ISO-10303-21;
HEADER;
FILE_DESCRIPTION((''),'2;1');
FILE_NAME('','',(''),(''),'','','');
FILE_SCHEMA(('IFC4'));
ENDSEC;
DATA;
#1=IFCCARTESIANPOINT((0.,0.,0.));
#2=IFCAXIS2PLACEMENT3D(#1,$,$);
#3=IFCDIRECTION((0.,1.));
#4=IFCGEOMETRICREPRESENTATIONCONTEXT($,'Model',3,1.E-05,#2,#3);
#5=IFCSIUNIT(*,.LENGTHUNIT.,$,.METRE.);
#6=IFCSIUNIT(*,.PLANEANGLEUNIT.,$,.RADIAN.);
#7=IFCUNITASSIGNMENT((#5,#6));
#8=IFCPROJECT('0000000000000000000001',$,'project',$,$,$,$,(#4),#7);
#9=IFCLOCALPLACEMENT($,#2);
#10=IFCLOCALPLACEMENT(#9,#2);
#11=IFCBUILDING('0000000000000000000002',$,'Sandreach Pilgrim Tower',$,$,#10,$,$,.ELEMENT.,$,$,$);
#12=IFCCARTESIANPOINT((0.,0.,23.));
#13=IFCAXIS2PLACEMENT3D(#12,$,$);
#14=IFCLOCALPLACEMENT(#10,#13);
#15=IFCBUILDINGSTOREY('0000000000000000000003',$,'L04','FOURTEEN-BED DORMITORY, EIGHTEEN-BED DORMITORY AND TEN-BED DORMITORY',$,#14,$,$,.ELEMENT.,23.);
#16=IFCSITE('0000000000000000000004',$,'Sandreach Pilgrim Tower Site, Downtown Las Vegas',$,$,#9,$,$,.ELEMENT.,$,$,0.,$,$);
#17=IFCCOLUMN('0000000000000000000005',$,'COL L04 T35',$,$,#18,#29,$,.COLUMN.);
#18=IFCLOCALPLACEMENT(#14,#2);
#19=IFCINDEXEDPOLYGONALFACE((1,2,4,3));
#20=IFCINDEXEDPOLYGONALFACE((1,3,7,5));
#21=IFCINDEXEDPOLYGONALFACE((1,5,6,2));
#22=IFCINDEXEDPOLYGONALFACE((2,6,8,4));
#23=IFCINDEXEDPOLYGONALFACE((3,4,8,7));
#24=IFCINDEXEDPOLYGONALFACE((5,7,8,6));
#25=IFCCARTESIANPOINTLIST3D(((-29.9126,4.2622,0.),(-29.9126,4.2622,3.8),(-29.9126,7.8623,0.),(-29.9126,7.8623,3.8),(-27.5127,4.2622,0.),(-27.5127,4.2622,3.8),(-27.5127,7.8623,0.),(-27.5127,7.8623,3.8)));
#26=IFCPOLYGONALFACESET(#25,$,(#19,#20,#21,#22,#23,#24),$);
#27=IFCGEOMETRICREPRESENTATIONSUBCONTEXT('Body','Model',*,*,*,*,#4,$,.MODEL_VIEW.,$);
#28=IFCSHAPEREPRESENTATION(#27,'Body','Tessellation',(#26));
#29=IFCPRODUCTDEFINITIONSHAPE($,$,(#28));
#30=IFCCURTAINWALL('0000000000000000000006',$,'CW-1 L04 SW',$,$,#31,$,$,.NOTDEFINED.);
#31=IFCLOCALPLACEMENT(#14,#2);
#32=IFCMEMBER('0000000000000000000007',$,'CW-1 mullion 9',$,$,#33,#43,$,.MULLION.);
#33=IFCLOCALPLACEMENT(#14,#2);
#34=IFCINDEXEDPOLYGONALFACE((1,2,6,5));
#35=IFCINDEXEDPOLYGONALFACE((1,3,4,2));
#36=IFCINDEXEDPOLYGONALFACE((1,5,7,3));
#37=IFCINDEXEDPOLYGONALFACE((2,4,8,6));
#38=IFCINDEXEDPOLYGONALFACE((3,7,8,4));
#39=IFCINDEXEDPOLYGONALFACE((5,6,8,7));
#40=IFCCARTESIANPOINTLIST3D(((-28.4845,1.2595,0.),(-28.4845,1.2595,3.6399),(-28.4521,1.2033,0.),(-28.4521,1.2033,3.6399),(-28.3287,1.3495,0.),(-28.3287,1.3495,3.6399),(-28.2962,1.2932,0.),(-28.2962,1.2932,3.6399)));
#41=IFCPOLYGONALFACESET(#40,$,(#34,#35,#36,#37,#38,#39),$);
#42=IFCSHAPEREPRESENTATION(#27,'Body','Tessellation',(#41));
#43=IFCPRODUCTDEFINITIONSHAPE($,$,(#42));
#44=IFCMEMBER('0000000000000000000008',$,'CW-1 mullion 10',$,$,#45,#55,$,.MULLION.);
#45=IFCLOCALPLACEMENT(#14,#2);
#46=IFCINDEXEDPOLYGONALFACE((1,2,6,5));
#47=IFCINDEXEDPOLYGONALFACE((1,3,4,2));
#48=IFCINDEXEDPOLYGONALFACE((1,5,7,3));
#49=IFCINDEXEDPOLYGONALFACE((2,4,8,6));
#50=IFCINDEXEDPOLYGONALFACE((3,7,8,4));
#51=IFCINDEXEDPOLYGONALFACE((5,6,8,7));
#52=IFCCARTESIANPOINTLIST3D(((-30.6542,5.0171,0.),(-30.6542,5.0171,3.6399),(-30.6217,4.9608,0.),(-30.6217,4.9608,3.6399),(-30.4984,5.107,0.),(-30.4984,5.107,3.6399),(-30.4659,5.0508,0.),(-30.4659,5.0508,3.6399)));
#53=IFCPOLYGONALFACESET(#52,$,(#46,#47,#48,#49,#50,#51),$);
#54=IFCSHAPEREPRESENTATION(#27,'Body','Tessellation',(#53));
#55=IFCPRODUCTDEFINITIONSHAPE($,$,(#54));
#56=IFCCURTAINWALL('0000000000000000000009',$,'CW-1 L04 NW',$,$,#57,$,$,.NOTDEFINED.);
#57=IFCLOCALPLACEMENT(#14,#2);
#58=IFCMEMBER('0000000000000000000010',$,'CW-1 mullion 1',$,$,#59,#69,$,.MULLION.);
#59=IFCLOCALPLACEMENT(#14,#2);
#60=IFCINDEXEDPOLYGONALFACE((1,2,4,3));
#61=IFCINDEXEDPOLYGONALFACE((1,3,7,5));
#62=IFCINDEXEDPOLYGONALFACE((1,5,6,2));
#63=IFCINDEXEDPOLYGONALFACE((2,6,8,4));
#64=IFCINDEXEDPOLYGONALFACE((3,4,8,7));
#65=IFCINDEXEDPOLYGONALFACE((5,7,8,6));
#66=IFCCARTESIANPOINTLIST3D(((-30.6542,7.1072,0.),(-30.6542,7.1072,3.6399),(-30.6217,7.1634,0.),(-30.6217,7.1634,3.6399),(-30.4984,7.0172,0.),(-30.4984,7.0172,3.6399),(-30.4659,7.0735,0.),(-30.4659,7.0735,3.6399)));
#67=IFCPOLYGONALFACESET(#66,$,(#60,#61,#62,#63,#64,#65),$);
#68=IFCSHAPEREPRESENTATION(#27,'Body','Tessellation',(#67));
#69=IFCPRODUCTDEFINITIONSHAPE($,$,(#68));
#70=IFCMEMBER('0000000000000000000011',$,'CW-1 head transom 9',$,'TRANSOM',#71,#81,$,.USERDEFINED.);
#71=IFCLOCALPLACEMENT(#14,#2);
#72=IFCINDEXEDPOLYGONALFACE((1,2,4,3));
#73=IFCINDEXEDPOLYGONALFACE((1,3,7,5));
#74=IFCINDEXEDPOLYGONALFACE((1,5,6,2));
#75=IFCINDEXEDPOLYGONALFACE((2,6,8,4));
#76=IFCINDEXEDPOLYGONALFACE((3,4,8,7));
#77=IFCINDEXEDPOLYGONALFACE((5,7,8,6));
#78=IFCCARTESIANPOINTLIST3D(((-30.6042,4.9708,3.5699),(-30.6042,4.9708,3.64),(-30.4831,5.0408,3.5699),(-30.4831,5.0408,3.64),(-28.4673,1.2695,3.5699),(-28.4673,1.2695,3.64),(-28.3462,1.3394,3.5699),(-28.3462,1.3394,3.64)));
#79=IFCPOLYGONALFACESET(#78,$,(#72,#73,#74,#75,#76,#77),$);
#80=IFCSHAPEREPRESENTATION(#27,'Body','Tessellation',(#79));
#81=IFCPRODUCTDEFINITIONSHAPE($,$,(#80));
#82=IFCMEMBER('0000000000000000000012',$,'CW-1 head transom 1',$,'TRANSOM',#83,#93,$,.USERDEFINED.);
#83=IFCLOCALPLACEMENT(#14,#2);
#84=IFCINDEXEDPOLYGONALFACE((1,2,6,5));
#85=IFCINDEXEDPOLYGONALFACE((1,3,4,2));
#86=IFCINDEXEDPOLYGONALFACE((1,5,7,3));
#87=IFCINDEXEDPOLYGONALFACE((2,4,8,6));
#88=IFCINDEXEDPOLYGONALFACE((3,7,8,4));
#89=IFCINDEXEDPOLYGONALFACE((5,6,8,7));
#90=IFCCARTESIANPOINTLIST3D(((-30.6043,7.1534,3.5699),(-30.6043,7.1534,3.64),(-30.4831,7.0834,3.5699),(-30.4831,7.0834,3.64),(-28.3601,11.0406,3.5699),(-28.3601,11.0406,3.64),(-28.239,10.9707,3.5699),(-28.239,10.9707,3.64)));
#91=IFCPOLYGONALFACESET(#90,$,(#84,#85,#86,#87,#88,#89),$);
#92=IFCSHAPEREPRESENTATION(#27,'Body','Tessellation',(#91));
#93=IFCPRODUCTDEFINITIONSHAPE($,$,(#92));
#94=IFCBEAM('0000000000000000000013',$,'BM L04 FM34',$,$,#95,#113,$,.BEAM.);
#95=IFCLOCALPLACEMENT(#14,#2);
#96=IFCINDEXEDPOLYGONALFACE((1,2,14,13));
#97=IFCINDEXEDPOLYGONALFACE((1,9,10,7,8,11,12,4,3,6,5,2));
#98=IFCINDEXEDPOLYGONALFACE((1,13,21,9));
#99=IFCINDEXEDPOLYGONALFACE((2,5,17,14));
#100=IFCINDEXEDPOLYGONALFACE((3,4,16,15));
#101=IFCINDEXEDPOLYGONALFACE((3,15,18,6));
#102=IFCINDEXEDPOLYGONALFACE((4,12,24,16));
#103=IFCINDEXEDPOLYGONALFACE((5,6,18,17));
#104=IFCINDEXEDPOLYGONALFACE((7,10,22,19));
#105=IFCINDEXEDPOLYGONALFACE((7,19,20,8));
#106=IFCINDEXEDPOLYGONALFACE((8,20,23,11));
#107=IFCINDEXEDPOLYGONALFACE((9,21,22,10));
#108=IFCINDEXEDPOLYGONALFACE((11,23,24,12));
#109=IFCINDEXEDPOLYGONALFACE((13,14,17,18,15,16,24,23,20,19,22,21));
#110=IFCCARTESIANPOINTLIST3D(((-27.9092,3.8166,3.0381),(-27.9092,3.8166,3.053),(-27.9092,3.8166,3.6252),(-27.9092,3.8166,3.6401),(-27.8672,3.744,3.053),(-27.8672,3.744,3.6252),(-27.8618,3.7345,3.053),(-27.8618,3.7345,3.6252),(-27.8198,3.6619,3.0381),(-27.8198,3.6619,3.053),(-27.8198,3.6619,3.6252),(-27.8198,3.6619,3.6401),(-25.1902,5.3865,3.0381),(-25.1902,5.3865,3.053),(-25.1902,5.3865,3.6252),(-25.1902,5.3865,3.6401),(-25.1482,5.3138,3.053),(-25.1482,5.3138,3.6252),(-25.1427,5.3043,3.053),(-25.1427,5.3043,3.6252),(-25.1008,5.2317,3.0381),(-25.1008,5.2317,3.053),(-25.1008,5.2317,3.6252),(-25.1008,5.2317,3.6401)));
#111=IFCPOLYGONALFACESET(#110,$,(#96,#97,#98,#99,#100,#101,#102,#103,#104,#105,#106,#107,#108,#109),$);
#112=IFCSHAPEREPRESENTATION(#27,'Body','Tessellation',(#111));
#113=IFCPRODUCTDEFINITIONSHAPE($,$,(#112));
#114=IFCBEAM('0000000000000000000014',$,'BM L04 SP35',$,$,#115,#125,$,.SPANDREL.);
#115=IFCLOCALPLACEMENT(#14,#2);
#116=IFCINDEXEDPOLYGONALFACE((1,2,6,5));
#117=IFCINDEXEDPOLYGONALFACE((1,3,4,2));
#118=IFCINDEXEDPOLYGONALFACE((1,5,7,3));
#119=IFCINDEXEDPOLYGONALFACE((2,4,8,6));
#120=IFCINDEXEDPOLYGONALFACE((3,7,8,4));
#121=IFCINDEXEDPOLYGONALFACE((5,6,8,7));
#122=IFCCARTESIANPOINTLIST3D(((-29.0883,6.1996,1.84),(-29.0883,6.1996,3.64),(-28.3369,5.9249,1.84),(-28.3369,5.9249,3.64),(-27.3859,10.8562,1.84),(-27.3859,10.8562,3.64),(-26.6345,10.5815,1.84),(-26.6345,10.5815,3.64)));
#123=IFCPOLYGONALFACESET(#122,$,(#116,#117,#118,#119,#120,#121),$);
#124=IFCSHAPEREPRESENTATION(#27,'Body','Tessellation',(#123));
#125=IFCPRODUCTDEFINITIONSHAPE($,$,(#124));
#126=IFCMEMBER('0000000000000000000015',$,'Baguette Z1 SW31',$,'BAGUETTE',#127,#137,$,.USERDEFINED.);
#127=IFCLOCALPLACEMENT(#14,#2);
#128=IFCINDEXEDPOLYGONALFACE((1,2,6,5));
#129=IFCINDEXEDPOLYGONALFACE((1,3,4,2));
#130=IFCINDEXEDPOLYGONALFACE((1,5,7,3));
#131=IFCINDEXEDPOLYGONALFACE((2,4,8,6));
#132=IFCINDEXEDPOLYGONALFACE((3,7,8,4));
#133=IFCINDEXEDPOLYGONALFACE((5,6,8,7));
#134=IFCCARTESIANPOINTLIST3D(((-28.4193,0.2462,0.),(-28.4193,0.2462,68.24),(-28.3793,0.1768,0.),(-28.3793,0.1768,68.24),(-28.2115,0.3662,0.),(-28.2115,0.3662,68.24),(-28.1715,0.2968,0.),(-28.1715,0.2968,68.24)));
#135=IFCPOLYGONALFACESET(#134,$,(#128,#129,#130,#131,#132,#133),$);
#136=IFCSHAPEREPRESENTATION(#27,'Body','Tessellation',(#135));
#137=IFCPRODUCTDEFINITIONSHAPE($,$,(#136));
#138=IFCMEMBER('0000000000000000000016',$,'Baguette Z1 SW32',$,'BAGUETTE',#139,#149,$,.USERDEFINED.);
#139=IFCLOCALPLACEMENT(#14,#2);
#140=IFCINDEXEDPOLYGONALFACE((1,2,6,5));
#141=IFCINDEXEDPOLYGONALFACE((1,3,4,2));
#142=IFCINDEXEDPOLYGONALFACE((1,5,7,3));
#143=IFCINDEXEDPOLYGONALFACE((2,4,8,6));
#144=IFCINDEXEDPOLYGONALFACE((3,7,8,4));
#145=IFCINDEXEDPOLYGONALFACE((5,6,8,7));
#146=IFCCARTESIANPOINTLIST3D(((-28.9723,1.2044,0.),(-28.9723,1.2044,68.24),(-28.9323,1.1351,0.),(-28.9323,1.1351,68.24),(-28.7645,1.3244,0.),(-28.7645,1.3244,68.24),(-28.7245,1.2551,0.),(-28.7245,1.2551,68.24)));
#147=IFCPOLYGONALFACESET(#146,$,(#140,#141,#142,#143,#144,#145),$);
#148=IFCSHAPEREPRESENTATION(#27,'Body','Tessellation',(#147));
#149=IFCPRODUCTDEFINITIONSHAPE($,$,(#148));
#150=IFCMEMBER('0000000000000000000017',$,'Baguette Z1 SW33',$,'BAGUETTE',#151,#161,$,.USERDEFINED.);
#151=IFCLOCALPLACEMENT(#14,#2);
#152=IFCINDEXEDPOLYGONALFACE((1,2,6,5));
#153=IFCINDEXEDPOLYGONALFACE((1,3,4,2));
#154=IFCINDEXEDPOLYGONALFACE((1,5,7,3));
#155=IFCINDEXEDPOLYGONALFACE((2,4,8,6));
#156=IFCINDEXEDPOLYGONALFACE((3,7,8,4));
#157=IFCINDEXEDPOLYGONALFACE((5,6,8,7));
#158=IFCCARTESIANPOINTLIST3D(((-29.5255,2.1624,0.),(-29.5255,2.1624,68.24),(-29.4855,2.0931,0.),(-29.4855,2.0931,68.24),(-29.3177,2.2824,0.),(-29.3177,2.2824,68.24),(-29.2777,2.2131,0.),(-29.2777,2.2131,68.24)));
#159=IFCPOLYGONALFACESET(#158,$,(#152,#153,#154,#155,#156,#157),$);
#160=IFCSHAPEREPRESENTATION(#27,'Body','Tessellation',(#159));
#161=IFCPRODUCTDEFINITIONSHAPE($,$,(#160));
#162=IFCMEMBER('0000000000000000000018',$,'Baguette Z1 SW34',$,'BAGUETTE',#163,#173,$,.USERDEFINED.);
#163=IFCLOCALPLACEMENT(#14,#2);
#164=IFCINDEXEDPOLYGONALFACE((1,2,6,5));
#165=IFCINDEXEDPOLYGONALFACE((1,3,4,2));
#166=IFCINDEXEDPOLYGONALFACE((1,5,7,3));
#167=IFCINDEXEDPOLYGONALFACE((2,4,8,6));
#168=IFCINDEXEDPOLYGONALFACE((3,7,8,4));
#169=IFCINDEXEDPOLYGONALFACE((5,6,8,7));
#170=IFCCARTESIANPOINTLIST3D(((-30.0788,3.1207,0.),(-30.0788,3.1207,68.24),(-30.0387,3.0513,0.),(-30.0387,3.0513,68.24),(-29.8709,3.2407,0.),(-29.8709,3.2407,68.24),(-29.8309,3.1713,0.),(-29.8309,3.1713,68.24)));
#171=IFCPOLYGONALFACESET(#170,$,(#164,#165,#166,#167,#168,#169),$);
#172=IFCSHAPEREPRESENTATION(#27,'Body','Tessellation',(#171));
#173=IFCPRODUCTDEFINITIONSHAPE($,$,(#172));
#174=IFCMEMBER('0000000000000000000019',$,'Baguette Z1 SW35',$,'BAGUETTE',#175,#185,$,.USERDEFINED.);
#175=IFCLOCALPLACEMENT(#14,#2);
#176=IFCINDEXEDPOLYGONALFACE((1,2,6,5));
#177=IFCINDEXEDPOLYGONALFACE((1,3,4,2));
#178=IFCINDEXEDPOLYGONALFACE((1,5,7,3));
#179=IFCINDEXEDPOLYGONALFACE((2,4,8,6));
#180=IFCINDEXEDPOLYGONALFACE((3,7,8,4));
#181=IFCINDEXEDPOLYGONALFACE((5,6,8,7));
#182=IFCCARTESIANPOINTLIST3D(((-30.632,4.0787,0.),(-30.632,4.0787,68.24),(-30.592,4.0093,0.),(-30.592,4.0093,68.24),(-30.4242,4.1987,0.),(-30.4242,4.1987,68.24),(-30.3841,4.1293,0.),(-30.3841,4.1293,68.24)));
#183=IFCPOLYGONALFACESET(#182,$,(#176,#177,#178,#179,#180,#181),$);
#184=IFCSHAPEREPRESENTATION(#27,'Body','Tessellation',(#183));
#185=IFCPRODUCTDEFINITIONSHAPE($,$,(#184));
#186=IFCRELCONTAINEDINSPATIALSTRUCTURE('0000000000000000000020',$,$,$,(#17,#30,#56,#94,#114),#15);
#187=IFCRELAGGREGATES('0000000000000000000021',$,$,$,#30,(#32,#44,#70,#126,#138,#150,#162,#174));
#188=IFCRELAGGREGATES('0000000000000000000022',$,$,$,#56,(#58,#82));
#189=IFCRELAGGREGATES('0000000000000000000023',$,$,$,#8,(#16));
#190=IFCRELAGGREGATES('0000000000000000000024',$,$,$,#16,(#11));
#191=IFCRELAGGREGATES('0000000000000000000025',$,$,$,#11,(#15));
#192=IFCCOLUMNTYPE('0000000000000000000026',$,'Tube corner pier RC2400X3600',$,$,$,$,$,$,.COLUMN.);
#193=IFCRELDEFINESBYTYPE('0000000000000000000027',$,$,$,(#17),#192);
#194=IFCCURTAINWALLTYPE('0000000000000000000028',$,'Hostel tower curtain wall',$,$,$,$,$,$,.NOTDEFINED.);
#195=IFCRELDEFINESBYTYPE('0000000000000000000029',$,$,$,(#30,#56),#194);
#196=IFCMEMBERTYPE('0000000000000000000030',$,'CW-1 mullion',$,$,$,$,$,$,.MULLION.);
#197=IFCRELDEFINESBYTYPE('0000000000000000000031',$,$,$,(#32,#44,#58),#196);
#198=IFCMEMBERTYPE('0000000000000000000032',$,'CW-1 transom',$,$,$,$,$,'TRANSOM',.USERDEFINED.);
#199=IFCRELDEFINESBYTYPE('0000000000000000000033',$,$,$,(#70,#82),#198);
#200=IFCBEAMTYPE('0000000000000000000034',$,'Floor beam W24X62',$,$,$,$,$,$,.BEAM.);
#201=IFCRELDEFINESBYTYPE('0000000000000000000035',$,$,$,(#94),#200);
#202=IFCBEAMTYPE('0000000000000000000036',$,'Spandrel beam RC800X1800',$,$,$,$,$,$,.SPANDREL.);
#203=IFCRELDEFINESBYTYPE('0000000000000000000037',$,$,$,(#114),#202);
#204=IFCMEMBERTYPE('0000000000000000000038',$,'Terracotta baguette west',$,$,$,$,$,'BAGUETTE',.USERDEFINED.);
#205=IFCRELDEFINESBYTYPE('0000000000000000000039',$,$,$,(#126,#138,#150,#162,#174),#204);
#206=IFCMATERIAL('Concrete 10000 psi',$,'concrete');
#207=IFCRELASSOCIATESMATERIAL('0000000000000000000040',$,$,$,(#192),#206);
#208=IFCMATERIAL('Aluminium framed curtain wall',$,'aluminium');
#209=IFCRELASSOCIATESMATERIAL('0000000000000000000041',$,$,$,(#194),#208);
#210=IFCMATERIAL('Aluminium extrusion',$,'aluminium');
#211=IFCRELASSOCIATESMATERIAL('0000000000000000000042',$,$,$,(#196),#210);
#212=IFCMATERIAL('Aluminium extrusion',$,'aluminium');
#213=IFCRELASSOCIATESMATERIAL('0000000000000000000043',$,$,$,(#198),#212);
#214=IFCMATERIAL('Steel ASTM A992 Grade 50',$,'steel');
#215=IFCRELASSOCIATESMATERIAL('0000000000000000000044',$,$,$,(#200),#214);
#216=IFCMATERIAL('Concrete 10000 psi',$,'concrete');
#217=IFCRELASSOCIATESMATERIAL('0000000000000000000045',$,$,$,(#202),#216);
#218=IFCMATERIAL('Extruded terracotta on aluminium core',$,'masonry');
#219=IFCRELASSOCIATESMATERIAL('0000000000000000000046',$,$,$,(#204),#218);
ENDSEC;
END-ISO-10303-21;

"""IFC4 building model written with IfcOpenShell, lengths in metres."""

from ifc_helpers import new_model, si_unit, direction, frame, origin, origin_2d, place, context, subcontext, project, spatial, rectangle, i_section, extrude, material, material_profile, profile_set, type_object, element, aggregate, save


model = new_model("IFC4")

# Units and contexts
model_context = context("Model", 3, precision=1e-05, world=origin(), true_north=direction((0.0, 1.0)))
body_context = subcontext(model_context, "Body", "Model", "MODEL_VIEW")
ifc_project = project(units=[si_unit("LENGTHUNIT", "METRE"), si_unit("PLANEANGLEUNIT", "RADIAN")], contexts=[model_context])

# Site, building, storey
site_placement = place(None, origin())
site = spatial("IfcSite", under=ifc_project, at=site_placement, Name="Sandreach Pilgrim Tower Site, Downtown Las Vegas", CompositionType="ELEMENT", RefElevation=0.0)
building_placement = place(site_placement, origin())
building = spatial("IfcBuilding", under=site, at=building_placement, Name="Sandreach Pilgrim Tower", CompositionType="ELEMENT")
storey_placement = place(building_placement, frame((0.0, 0.0, 23.0)))
storey = spatial("IfcBuildingStorey", under=building, at=storey_placement, Name="L04", Description="FOURTEEN-BED DORMITORY, EIGHTEEN-BED DORMITORY AND TEN-BED DORMITORY", CompositionType="ELEMENT", Elevation=23.0)

# Column
ifc_material_1 = material(Name="Concrete 10000 psi", Category="concrete")
ifc_material_profile_1 = material_profile(ifc_material_1, rectangle(XDim=2.3999, YDim=3.6001, at=origin_2d()), Name="RC2400X3600")
ifc_profile_set_1 = profile_set([ifc_material_profile_1], Name="Concrete 10000 psi")
column_type = type_object("IfcColumnType", Name="Tube corner pier RC2400X3600", PredefinedType="COLUMN", material=ifc_profile_set_1)
column_placement = place(storey_placement, frame((-28.7126, 6.0623, 0.0), z_axis=(0.0, 0.0, 1.0), x_axis=(-1.0, 0.0, 0.0)))
element("IfcColumn", 1, at=column_placement, inside=storey, type_object=column_type, Name="COL L04 T35", PredefinedType="COLUMN", context=body_context, shape_type="SweptSolid", body=[
    extrude(rectangle(XDim=2.3999, YDim=3.6001, at=origin_2d()), origin(), (0.0, 0.0, 1.0), 3.8),
])

# Curtain wall, members
ifc_material_2 = material(Name="Aluminium framed curtain wall", Category="aluminium")
curtain_wall_type = type_object("IfcCurtainWallType", Name="Hostel tower curtain wall", PredefinedType="NOTDEFINED", material=ifc_material_2)
curtain_wall_1_placement = place(storey_placement, origin())
curtain_wall_1 = element("IfcCurtainWall", 2, at=curtain_wall_1_placement, inside=storey, type_object=curtain_wall_type, Name="CW-1 L04 SW", PredefinedType="NOTDEFINED")
ifc_material_3 = material(Name="Aluminium extrusion", Category="aluminium")
ifc_material_profile_2 = material_profile(ifc_material_3, rectangle(XDim=0.0649, YDim=0.1799, at=origin_2d()), Name="CW-1M 65X180")
ifc_profile_set_2 = profile_set([ifc_material_profile_2], Name="Aluminium extrusion")
member_type_1 = type_object("IfcMemberType", Name="CW-1 mullion", PredefinedType="MULLION", material=ifc_profile_set_2)
member_1_placement = place(storey_placement, frame((-28.3904, 1.2764, 0.0), z_axis=(0.0, 0.0, 1.0), x_axis=(-0.5, 0.866025, 0.0)))
member_1 = element("IfcMember", 3, at=member_1_placement, type_object=member_type_1, Name="CW-1 mullion 9", PredefinedType="MULLION", context=body_context, shape_type="SweptSolid", body=[
    extrude(rectangle(XDim=0.0649, YDim=0.1799, at=origin_2d()), origin(), (0.0, 0.0, 1.0), 3.6399),
])
member_2_placement = place(storey_placement, frame((-30.5601, 5.0339, 0.0), z_axis=(0.0, 0.0, 1.0), x_axis=(-0.5, 0.866025, 0.0)))
member_2 = element("IfcMember", 4, at=member_2_placement, type_object=member_type_1, Name="CW-1 mullion 10", PredefinedType="MULLION", context=body_context, shape_type="SweptSolid", body=[
    extrude(rectangle(XDim=0.0649, YDim=0.1799, at=origin_2d()), origin(), (0.0, 0.0, 1.0), 3.6399),
])

# Curtain wall, member
curtain_wall_2_placement = place(storey_placement, origin())
curtain_wall_2 = element("IfcCurtainWall", 5, at=curtain_wall_2_placement, inside=storey, type_object=curtain_wall_type, Name="CW-1 L04 NW", PredefinedType="NOTDEFINED")
member_3_placement = place(storey_placement, frame((-30.5601, 7.0903, 0.0), z_axis=(0.0, 0.0, 1.0), x_axis=(0.5, 0.866025, 0.0)))
member_3 = element("IfcMember", 6, at=member_3_placement, type_object=member_type_1, Name="CW-1 mullion 1", PredefinedType="MULLION", context=body_context, shape_type="SweptSolid", body=[
    extrude(rectangle(XDim=0.0649, YDim=0.1799, at=origin_2d()), origin(), (0.0, 0.0, 1.0), 3.6399),
])

# Members
ifc_material_4 = material(Name="Aluminium extrusion", Category="aluminium")
ifc_material_profile_3 = material_profile(ifc_material_4, rectangle(XDim=0.1399, YDim=0.0701, at=origin_2d()), Name="CW-1T 140X70")
ifc_profile_set_3 = profile_set([ifc_material_profile_3], Name="Aluminium extrusion")
member_type_2 = type_object("IfcMemberType", Name="CW-1 transom", ElementType="TRANSOM", PredefinedType="USERDEFINED", material=ifc_profile_set_3)
member_4_placement = place(storey_placement, frame((-28.4067, 1.3044, 3.605), z_axis=(-0.499991, 0.866031, 0.0), x_axis=(-0.866031, -0.499991, 0.0)))
member_4 = element("IfcMember", 7, at=member_4_placement, type_object=member_type_2, Name="CW-1 head transom 9", ObjectType="TRANSOM", PredefinedType="USERDEFINED", context=body_context, shape_type="SweptSolid", body=[
    extrude(rectangle(XDim=0.1399, YDim=0.0701, at=origin_2d()), origin(), (0.0, 0.0, 1.0), 4.2739),
])
member_5_placement = place(storey_placement, frame((-30.5437, 7.1184, 3.605), z_axis=(0.499977, 0.866039, 0.0), x_axis=(-0.866039, 0.499977, 0.0)))
member_5 = element("IfcMember", 8, at=member_5_placement, type_object=member_type_2, Name="CW-1 head transom 1", ObjectType="TRANSOM", PredefinedType="USERDEFINED", context=body_context, shape_type="SweptSolid", body=[
    extrude(rectangle(XDim=0.1399, YDim=0.0701, at=origin_2d()), origin(), (0.0, 0.0, 1.0), 4.4885),
])

# Beams
ifc_material_5 = material(Name="Steel ASTM A992 Grade 50", Category="steel")
ifc_material_profile_4 = material_profile(ifc_material_5, i_section(OverallWidth=0.1787, OverallDepth=0.6021, WebThickness=0.011, FlangeThickness=0.0149, at=origin_2d()), Name="W24X62")
ifc_profile_set_4 = profile_set([ifc_material_profile_4], Name="Steel ASTM A992 Grade 50")
beam_type_1 = type_object("IfcBeamType", Name="Floor beam W24X62", PredefinedType="BEAM", material=ifc_profile_set_4)
beam_1_placement = place(storey_placement, frame((-27.8645, 3.7393, 3.3391), z_axis=(0.866024, 0.500003, 0.0), x_axis=(-0.500003, 0.866024, 0.0)))
element("IfcBeam", 9, at=beam_1_placement, inside=storey, type_object=beam_type_1, Name="BM L04 FM34", PredefinedType="BEAM", context=body_context, shape_type="SweptSolid", body=[
    extrude(i_section(OverallWidth=0.1787, OverallDepth=0.6021, WebThickness=0.011, FlangeThickness=0.0149, at=origin_2d()), origin(), (0.0, 0.0, 1.0), 3.1396),
])
ifc_material_6 = material(Name="Concrete 10000 psi", Category="concrete")
ifc_material_profile_5 = material_profile(ifc_material_6, rectangle(XDim=0.8, YDim=1.8, at=origin_2d()), Name="RC800X1800")
ifc_profile_set_5 = profile_set([ifc_material_profile_5], Name="Concrete 10000 psi")
beam_type_2 = type_object("IfcBeamType", Name="Spandrel beam RC800X1800", PredefinedType="SPANDREL", material=ifc_profile_set_5)
beam_2_placement = place(storey_placement, frame((-28.7126, 6.0623, 2.74), z_axis=(0.343368, 0.939201, 0.0), x_axis=(-0.939201, 0.343368, 0.0)))
element("IfcBeam", 10, at=beam_2_placement, inside=storey, type_object=beam_type_2, Name="BM L04 SP35", PredefinedType="SPANDREL", context=body_context, shape_type="SweptSolid", body=[
    extrude(rectangle(XDim=0.8, YDim=1.8, at=origin_2d()), origin(), (0.0, 0.0, 1.0), 4.958),
])

# Members
ifc_material_7 = material(Name="Extruded terracotta on aluminium core", Category="masonry")
ifc_material_profile_6 = material_profile(ifc_material_7, rectangle(XDim=0.0801, YDim=0.24, at=origin_2d()), Name="TBW 80X240")
ifc_profile_set_6 = profile_set([ifc_material_profile_6], Name="Extruded terracotta on aluminium core")
member_type_3 = type_object("IfcMemberType", Name="Terracotta baguette west", ElementType="BAGUETTE", PredefinedType="USERDEFINED", material=ifc_profile_set_6)
member_6_placement = place(storey_placement, frame((-28.2954, 0.2715, 0.0), z_axis=(0.0, 0.0, 1.0), x_axis=(-0.5, 0.866025, 0.0)))
member_6 = element("IfcMember", 11, at=member_6_placement, type_object=member_type_3, Name="Baguette Z1 SW31", ObjectType="BAGUETTE", PredefinedType="USERDEFINED", context=body_context, shape_type="SweptSolid", body=[
    extrude(rectangle(XDim=0.0801, YDim=0.24, at=origin_2d()), origin(), (0.0, 0.0, 1.0), 68.24),
])
member_7_placement = place(storey_placement, frame((-28.8484, 1.2297, 0.0), z_axis=(0.0, 0.0, 1.0), x_axis=(-0.5, 0.866025, 0.0)))
member_7 = element("IfcMember", 12, at=member_7_placement, type_object=member_type_3, Name="Baguette Z1 SW32", ObjectType="BAGUETTE", PredefinedType="USERDEFINED", context=body_context, shape_type="SweptSolid", body=[
    extrude(rectangle(XDim=0.0801, YDim=0.24, at=origin_2d()), origin(), (0.0, 0.0, 1.0), 68.24),
])
member_8_placement = place(storey_placement, frame((-29.4016, 2.1877, 0.0), z_axis=(0.0, 0.0, 1.0), x_axis=(-0.5, 0.866025, 0.0)))
member_8 = element("IfcMember", 13, at=member_8_placement, type_object=member_type_3, Name="Baguette Z1 SW33", ObjectType="BAGUETTE", PredefinedType="USERDEFINED", context=body_context, shape_type="SweptSolid", body=[
    extrude(rectangle(XDim=0.0801, YDim=0.24, at=origin_2d()), origin(), (0.0, 0.0, 1.0), 68.24),
])
member_9_placement = place(storey_placement, frame((-29.9548, 3.146, 0.0), z_axis=(0.0, 0.0, 1.0), x_axis=(-0.5, 0.866025, 0.0)))
member_9 = element("IfcMember", 14, at=member_9_placement, type_object=member_type_3, Name="Baguette Z1 SW34", ObjectType="BAGUETTE", PredefinedType="USERDEFINED", context=body_context, shape_type="SweptSolid", body=[
    extrude(rectangle(XDim=0.0801, YDim=0.24, at=origin_2d()), origin(), (0.0, 0.0, 1.0), 68.24),
])
member_10_placement = place(storey_placement, frame((-30.5081, 4.104, 0.0), z_axis=(0.0, 0.0, 1.0), x_axis=(-0.5, 0.866025, 0.0)))
member_10 = element("IfcMember", 15, at=member_10_placement, type_object=member_type_3, Name="Baguette Z1 SW35", ObjectType="BAGUETTE", PredefinedType="USERDEFINED", context=body_context, shape_type="SweptSolid", body=[
    extrude(rectangle(XDim=0.0801, YDim=0.24, at=origin_2d()), origin(), (0.0, 0.0, 1.0), 68.24),
])

aggregate(curtain_wall_1, [member_1, member_2, member_4, member_6, member_7, member_8, member_9, member_10])
aggregate(curtain_wall_2, [member_3, member_5])

save(model, "model.ifc")
